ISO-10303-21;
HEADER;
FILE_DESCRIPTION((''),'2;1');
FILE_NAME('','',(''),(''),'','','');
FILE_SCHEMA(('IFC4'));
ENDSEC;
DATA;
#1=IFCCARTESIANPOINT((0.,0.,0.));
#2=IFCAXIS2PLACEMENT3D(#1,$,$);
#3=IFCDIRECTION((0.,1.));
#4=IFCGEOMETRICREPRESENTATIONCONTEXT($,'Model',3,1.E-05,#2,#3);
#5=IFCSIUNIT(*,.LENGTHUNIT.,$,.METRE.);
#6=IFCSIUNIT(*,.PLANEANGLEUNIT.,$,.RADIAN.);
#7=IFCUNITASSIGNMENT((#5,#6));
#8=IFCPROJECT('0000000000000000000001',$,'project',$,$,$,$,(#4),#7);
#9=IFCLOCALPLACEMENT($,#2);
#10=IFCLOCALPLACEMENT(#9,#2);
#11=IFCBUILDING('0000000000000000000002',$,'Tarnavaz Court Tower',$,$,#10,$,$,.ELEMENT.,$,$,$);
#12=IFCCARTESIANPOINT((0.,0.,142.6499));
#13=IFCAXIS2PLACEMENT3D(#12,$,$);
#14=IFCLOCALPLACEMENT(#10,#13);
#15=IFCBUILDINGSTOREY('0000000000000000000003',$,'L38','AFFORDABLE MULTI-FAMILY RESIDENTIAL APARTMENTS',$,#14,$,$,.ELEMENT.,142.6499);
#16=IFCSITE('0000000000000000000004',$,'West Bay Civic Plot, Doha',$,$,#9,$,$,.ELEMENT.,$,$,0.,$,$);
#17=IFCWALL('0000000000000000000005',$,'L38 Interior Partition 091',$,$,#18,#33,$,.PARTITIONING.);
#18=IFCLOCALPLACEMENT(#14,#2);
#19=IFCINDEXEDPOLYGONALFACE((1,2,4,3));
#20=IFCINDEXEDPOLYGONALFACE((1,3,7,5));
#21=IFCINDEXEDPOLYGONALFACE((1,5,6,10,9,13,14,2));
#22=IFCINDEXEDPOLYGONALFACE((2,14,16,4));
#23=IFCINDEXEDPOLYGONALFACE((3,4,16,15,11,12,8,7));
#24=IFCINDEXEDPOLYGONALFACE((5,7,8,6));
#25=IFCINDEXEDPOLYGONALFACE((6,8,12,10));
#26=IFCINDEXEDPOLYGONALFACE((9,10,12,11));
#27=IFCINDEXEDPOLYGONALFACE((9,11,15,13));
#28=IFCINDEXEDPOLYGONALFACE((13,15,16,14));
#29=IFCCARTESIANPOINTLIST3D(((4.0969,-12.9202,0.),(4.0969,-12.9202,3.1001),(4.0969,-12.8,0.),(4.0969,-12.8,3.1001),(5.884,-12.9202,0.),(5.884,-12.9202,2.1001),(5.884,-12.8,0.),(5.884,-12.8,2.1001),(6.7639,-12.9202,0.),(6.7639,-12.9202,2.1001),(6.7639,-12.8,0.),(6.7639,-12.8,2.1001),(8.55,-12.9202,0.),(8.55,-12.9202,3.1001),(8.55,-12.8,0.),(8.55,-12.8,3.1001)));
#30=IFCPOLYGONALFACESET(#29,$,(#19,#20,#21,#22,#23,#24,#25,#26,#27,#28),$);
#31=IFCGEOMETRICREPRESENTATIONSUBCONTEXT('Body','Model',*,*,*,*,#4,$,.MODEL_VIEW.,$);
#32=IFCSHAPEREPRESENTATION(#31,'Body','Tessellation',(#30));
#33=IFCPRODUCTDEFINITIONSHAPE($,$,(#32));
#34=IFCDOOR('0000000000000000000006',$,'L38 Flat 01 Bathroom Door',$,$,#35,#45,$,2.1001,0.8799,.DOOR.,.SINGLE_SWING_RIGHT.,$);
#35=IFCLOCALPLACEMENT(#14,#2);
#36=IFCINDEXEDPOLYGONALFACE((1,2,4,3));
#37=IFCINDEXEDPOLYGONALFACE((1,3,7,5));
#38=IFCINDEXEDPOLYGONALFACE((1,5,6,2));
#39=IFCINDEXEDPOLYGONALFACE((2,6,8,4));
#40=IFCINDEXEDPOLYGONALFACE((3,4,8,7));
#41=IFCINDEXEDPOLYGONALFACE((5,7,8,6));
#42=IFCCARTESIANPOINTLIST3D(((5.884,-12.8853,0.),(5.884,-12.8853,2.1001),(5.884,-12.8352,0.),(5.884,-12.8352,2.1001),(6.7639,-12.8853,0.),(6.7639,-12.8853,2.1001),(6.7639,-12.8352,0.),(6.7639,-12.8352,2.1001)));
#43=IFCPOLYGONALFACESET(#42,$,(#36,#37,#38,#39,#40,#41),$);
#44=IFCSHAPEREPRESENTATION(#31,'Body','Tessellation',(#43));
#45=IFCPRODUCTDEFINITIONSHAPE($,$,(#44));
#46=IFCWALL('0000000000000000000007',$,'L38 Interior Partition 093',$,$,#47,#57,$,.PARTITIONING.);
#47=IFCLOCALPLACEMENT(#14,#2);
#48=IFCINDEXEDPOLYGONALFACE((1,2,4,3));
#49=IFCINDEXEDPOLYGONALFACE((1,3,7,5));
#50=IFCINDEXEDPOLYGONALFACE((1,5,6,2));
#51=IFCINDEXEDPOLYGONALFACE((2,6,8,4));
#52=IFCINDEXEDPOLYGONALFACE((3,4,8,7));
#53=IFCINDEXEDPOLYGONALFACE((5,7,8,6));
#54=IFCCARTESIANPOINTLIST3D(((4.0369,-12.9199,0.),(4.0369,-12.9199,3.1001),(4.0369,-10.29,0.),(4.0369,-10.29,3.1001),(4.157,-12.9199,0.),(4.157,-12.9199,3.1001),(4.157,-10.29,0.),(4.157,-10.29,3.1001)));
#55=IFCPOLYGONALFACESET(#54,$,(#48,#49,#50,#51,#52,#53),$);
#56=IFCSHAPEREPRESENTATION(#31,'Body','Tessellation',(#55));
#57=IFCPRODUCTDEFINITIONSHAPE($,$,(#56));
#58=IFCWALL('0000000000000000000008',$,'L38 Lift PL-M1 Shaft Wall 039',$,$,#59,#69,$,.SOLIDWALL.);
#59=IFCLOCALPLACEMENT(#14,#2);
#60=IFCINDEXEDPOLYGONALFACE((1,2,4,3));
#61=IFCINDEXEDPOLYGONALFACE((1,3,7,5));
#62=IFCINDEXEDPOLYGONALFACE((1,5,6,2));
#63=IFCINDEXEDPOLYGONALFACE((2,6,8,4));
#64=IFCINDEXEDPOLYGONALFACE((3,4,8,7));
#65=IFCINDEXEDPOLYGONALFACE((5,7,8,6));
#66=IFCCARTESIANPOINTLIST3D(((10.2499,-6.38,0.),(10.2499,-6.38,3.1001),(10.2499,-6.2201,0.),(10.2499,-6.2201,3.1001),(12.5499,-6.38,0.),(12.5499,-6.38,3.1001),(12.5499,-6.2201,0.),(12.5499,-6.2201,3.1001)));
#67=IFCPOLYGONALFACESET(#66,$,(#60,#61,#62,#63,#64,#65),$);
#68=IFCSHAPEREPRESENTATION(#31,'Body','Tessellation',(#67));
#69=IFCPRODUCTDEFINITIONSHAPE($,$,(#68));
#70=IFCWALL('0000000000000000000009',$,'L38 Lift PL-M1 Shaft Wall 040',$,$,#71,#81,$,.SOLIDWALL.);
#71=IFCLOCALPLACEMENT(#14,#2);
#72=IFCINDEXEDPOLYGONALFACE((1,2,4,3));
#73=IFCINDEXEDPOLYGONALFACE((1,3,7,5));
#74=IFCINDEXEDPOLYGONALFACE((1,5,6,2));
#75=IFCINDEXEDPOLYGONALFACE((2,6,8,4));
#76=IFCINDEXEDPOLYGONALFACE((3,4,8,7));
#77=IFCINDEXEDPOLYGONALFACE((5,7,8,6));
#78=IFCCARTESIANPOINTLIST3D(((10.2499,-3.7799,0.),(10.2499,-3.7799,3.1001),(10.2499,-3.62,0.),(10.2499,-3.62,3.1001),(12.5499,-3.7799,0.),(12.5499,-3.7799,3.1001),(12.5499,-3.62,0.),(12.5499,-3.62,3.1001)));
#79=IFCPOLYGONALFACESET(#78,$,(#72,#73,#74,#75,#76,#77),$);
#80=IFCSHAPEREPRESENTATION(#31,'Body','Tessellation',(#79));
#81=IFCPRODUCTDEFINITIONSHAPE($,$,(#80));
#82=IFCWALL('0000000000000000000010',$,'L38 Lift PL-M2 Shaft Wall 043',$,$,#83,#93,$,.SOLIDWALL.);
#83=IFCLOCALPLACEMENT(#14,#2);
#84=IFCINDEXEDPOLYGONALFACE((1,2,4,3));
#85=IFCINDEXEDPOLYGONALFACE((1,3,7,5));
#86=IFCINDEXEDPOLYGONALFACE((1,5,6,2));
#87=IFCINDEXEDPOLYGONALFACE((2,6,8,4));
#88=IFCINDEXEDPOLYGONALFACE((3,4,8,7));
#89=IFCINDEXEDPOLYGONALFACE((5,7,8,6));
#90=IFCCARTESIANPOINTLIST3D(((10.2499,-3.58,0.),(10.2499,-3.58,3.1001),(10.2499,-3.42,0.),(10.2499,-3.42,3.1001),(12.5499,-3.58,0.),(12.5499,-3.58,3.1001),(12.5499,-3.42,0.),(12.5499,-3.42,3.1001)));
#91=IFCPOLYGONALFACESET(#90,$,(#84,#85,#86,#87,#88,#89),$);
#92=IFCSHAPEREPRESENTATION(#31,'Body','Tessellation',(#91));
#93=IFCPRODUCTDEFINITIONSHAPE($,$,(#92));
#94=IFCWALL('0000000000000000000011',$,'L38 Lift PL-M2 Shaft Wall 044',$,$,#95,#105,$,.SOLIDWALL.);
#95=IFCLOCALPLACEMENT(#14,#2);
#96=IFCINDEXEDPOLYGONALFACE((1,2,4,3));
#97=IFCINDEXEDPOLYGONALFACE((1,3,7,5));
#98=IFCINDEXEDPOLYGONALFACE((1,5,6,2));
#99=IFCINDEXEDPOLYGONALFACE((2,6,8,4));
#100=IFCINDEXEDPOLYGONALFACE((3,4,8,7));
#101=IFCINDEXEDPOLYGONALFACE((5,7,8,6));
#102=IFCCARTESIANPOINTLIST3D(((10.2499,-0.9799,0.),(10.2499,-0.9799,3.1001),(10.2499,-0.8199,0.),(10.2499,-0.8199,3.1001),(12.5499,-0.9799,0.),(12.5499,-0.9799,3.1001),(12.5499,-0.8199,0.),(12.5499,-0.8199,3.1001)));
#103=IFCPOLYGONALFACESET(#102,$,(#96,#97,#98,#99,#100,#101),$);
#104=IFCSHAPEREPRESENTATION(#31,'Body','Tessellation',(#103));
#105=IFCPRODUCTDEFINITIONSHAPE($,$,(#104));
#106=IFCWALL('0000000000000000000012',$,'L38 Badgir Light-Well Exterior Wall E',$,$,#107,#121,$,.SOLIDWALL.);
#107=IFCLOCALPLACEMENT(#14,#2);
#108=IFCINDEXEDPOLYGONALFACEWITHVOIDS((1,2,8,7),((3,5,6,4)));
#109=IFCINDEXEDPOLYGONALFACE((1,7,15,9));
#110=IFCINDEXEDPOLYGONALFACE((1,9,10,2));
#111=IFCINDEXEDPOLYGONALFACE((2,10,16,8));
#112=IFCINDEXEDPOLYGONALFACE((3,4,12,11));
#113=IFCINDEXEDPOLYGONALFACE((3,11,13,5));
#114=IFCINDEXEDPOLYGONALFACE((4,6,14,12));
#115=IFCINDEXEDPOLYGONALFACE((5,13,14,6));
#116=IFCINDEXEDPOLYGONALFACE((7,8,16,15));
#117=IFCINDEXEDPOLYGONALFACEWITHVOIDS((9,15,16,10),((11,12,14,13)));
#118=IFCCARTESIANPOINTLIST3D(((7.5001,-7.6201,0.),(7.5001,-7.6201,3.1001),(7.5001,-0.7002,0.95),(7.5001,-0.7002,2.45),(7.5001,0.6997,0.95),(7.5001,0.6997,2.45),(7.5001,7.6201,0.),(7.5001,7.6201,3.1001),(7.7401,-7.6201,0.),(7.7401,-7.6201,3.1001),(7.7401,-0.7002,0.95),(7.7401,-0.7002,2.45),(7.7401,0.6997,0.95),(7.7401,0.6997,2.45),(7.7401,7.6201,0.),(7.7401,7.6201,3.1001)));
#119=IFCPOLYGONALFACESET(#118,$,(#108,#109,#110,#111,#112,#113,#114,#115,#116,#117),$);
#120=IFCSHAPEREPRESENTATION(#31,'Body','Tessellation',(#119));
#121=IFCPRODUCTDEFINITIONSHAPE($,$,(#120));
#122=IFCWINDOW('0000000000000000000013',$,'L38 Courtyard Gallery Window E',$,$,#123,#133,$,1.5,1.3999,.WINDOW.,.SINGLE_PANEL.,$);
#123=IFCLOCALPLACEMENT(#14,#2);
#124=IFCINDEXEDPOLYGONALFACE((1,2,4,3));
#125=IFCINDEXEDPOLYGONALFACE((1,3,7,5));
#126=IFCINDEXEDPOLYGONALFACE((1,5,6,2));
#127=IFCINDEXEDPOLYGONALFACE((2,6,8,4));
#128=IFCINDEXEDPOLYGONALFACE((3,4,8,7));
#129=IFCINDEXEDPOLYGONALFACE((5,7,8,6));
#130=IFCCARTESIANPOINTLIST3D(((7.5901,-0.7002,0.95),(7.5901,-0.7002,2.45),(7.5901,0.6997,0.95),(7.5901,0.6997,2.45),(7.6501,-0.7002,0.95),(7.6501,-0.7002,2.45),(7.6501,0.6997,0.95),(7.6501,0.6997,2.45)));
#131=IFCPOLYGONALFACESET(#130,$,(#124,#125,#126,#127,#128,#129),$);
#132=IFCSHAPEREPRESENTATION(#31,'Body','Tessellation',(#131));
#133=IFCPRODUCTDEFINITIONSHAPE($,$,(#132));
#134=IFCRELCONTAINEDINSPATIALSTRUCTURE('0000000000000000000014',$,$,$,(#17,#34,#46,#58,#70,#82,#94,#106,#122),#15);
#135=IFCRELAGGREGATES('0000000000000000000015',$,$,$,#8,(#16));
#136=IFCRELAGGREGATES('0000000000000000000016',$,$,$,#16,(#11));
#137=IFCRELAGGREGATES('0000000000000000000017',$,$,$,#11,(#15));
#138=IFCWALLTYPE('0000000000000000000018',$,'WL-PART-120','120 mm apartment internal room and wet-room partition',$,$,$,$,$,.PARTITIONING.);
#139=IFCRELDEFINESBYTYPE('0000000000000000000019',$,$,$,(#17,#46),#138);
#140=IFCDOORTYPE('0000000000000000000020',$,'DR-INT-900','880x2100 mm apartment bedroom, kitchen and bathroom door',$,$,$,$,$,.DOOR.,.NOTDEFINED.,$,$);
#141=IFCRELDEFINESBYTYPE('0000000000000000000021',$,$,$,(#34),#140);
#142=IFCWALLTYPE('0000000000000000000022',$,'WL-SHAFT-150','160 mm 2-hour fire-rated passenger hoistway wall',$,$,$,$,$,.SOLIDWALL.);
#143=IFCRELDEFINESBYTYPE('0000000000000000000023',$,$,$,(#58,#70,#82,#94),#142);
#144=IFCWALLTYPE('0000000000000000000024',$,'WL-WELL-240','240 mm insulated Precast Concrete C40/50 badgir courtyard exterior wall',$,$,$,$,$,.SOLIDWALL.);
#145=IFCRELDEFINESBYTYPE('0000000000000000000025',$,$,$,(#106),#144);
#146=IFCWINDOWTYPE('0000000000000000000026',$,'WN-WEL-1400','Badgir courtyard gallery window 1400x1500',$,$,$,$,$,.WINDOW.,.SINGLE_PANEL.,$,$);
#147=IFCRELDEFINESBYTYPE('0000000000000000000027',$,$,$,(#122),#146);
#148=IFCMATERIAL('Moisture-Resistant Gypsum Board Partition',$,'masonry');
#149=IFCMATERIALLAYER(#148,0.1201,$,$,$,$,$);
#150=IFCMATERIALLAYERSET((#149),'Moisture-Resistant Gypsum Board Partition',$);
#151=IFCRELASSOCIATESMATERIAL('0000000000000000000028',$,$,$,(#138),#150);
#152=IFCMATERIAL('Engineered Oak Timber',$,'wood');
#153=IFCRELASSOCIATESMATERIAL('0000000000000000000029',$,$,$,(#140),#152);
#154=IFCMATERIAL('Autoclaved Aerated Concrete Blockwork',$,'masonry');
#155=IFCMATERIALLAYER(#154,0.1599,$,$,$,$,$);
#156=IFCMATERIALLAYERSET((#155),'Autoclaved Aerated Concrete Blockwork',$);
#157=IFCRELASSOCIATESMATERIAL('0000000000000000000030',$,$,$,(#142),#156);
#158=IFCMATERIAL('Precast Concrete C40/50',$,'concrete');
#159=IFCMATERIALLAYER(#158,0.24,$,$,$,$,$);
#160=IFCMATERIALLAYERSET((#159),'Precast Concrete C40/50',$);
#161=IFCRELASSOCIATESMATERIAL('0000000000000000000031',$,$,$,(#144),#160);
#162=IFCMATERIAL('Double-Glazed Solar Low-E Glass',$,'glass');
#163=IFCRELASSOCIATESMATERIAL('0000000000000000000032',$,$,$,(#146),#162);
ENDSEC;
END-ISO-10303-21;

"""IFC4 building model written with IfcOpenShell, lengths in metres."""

from ifc_helpers import new_model, si_unit, direction, frame, frame_2d, origin, place, context, subcontext, project, spatial, rectangle, extrude, material, layer, layer_set, type_object, element, fill, save


model = new_model("IFC4")

# Units and contexts
model_context = context("Model", 3, precision=1e-05, world=origin(), true_north=direction((0.0, 1.0)))
body_context = subcontext(model_context, "Body", "Model", "MODEL_VIEW")
ifc_project = project(units=[si_unit("LENGTHUNIT", "METRE"), si_unit("PLANEANGLEUNIT", "RADIAN")], contexts=[model_context])

# Site, building, storey
site_placement = place(None, origin())
site = spatial("IfcSite", under=ifc_project, at=site_placement, Name="West Bay Civic Plot, Doha", CompositionType="ELEMENT", RefElevation=0.0)
building_placement = place(site_placement, origin())
building = spatial("IfcBuilding", under=site, at=building_placement, Name="Tarnavaz Court Tower", CompositionType="ELEMENT")
storey_placement = place(building_placement, frame((0.0, 0.0, 142.6499)))
storey = spatial("IfcBuildingStorey", under=building, at=storey_placement, Name="L38", Description="AFFORDABLE MULTI-FAMILY RESIDENTIAL APARTMENTS", CompositionType="ELEMENT", Elevation=142.6499)

# Shared definitions
ifc_material_1 = material(Name="Engineered Oak Timber", Category="wood")

# Wall, opening, door
ifc_material_2 = material(Name="Moisture-Resistant Gypsum Board Partition", Category="masonry")
ifc_layer_1 = layer(ifc_material_2, 0.1201)
ifc_layer_set_1 = layer_set([ifc_layer_1], Name="Moisture-Resistant Gypsum Board Partition")
wall_type_1 = type_object("IfcWallType", Name="WL-PART-120", Description="120 mm apartment internal room and wet-room partition", PredefinedType="PARTITIONING", material=ifc_layer_set_1)
door_type_1 = type_object("IfcDoorType", Name="DR-INT-900", Description="880x2100 mm apartment bedroom, kitchen and bathroom door", OperationType="NOTDEFINED", PredefinedType="DOOR", material=ifc_material_1)
wall_1_placement = place(storey_placement, frame((4.0969, -12.8601, 0.0), z_axis=(0.0, 0.0, 1.0), x_axis=(1.0, 0.0, 0.0)))
wall_1 = element("IfcWall", 1, at=wall_1_placement, inside=storey, type_object=wall_type_1, Name="L38 Interior Partition 091", PredefinedType="PARTITIONING", context=body_context, shape_type="SweptSolid", body=[
    extrude(rectangle(XDim=4.4531, YDim=0.1201, at=frame_2d((2.2266, 0.0))), origin(), (0.0, 0.0, 1.0), 3.1001),
])
opening_1_placement = place(wall_1_placement, frame((1.7871, 0.0, 0.0)))
opening_1 = element("IfcOpeningElement", 2, at=opening_1_placement, cuts=wall_1, PredefinedType="OPENING", context=body_context, shape_type="SweptSolid", body=[
    extrude(rectangle(XDim=0.8799, YDim=2.1001, at=frame_2d((0.4399, 1.05))), frame((0.0, 0.0701, 0.0), z_axis=(0.0, -1.0, 0.0), x_axis=(1.0, 0.0, 0.0)), (0.0, 0.0, 1.0), 0.1401),
])
door_1_placement = place(opening_1_placement, origin())
door_1 = element("IfcDoor", 3, at=door_1_placement, inside=storey, type_object=door_type_1, Name="L38 Flat 01 Bathroom Door", OperationType="SINGLE_SWING_RIGHT", OverallHeight=2.1001, OverallWidth=0.8799, PredefinedType="DOOR", context=body_context, shape_type="SweptSolid", body=[
    extrude(rectangle(XDim=0.8799, YDim=2.1001, at=frame_2d((0.4399, 1.05))), frame((0.0, 0.0249, 0.0), z_axis=(0.0, -1.0, 0.0), x_axis=(1.0, 0.0, 0.0)), (0.0, 0.0, 1.0), 0.05),
])
fill(opening_1, door_1)

# Wall
wall_2_placement = place(storey_placement, frame((4.0969, -12.9199, 0.0), z_axis=(0.0, 0.0, 1.0), x_axis=(0.0, 1.0, 0.0)))
element("IfcWall", 4, at=wall_2_placement, inside=storey, type_object=wall_type_1, Name="L38 Interior Partition 093", PredefinedType="PARTITIONING", context=body_context, shape_type="SweptSolid", body=[
    extrude(rectangle(XDim=2.6299, YDim=0.1201, at=frame_2d((1.3149, 0.0))), origin(), (0.0, 0.0, 1.0), 3.1001),
])

# Shared definitions
ifc_material_3 = material(Name="Autoclaved Aerated Concrete Blockwork", Category="masonry")
ifc_layer_2 = layer(ifc_material_3, 0.1599)
ifc_layer_set_2 = layer_set([ifc_layer_2], Name="Autoclaved Aerated Concrete Blockwork")
wall_type_2 = type_object("IfcWallType", Name="WL-SHAFT-150", Description="160 mm 2-hour fire-rated passenger hoistway wall", PredefinedType="SOLIDWALL", material=ifc_layer_set_2)

# Walls
for number, where, z_axis, x_axis, name in (
    (5, (10.25, -6.3, 0.0), (0.0, 0.0, 1.0), (1.0, 0.0, 0.0), "L38 Lift PL-M1 Shaft Wall 039"),
    (6, (10.25, -3.7, 0.0), (0.0, 0.0, 1.0), (1.0, 0.0, 0.0), "L38 Lift PL-M1 Shaft Wall 040"),
):
    element("IfcWall", number, at=place(storey_placement, frame(where, z_axis=z_axis, x_axis=x_axis)), inside=storey, type_object=wall_type_2, Name=name, PredefinedType="SOLIDWALL", context=body_context, shape_type="SweptSolid", body=[
        extrude(rectangle(XDim=2.3, YDim=0.1599, at=frame_2d((1.1499, 0.0))), origin(), (0.0, 0.0, 1.0), 3.1001),
    ])

# Walls
for number, where, z_axis, x_axis, name in (
    (7, (10.25, -3.5, 0.0), (0.0, 0.0, 1.0), (1.0, 0.0, 0.0), "L38 Lift PL-M2 Shaft Wall 043"),
    (8, (10.25, -0.8999, 0.0), (0.0, 0.0, 1.0), (1.0, 0.0, 0.0), "L38 Lift PL-M2 Shaft Wall 044"),
):
    element("IfcWall", number, at=place(storey_placement, frame(where, z_axis=z_axis, x_axis=x_axis)), inside=storey, type_object=wall_type_2, Name=name, PredefinedType="SOLIDWALL", context=body_context, shape_type="SweptSolid", body=[
        extrude(rectangle(XDim=2.3, YDim=0.1599, at=frame_2d((1.1499, 0.0))), origin(), (0.0, 0.0, 1.0), 3.1001),
    ])

# Wall, opening, window
ifc_material_4 = material(Name="Precast Concrete C40/50", Category="concrete")
ifc_layer_3 = layer(ifc_material_4, 0.24)
ifc_layer_set_3 = layer_set([ifc_layer_3], Name="Precast Concrete C40/50")
wall_type_3 = type_object("IfcWallType", Name="WL-WELL-240", Description="240 mm insulated Precast Concrete C40/50 badgir courtyard exterior wall", PredefinedType="SOLIDWALL", material=ifc_layer_set_3)
wall_3_placement = place(storey_placement, frame((7.6201, -7.6201, 0.0), z_axis=(0.0, 0.0, 1.0), x_axis=(0.0, 1.0, 0.0)))
wall_3 = element("IfcWall", 9, at=wall_3_placement, inside=storey, type_object=wall_type_3, Name="L38 Badgir Light-Well Exterior Wall E", PredefinedType="SOLIDWALL", context=body_context, shape_type="SweptSolid", body=[
    extrude(rectangle(XDim=15.2402, YDim=0.24, at=frame_2d((7.6201, 0.0))), origin(), (0.0, 0.0, 1.0), 3.1001),
])
opening_2_placement = place(wall_3_placement, frame((6.9199, 0.0, 0.95)))
opening_2 = element("IfcOpeningElement", 10, at=opening_2_placement, cuts=wall_3, PredefinedType="OPENING", context=body_context, shape_type="SweptSolid", body=[
    extrude(rectangle(XDim=1.3999, YDim=1.5, at=frame_2d((0.7, 0.75))), frame((0.0, 0.1299, 0.0), z_axis=(0.0, -1.0, 0.0), x_axis=(1.0, 0.0, 0.0)), (0.0, 0.0, 1.0), 0.26),
])
ifc_material_5 = material(Name="Double-Glazed Solar Low-E Glass", Category="glass")
window_type = type_object("IfcWindowType", Name="WN-WEL-1400", Description="Badgir courtyard gallery window 1400x1500", PartitioningType="SINGLE_PANEL", PredefinedType="WINDOW", material=ifc_material_5)
window_placement = place(opening_2_placement, origin())
window = element("IfcWindow", 11, at=window_placement, inside=storey, type_object=window_type, Name="L38 Courtyard Gallery Window E", OverallHeight=1.5, OverallWidth=1.3999, PartitioningType="SINGLE_PANEL", PredefinedType="WINDOW", context=body_context, shape_type="SweptSolid", body=[
    extrude(rectangle(XDim=1.3999, YDim=1.5, at=frame_2d((0.7, 0.75))), frame((0.0, 0.03, 0.0), z_axis=(0.0, -1.0, 0.0), x_axis=(1.0, 0.0, 0.0)), (0.0, 0.0, 1.0), 0.0601),
])
fill(opening_2, window)

save(model, "model.ifc")
